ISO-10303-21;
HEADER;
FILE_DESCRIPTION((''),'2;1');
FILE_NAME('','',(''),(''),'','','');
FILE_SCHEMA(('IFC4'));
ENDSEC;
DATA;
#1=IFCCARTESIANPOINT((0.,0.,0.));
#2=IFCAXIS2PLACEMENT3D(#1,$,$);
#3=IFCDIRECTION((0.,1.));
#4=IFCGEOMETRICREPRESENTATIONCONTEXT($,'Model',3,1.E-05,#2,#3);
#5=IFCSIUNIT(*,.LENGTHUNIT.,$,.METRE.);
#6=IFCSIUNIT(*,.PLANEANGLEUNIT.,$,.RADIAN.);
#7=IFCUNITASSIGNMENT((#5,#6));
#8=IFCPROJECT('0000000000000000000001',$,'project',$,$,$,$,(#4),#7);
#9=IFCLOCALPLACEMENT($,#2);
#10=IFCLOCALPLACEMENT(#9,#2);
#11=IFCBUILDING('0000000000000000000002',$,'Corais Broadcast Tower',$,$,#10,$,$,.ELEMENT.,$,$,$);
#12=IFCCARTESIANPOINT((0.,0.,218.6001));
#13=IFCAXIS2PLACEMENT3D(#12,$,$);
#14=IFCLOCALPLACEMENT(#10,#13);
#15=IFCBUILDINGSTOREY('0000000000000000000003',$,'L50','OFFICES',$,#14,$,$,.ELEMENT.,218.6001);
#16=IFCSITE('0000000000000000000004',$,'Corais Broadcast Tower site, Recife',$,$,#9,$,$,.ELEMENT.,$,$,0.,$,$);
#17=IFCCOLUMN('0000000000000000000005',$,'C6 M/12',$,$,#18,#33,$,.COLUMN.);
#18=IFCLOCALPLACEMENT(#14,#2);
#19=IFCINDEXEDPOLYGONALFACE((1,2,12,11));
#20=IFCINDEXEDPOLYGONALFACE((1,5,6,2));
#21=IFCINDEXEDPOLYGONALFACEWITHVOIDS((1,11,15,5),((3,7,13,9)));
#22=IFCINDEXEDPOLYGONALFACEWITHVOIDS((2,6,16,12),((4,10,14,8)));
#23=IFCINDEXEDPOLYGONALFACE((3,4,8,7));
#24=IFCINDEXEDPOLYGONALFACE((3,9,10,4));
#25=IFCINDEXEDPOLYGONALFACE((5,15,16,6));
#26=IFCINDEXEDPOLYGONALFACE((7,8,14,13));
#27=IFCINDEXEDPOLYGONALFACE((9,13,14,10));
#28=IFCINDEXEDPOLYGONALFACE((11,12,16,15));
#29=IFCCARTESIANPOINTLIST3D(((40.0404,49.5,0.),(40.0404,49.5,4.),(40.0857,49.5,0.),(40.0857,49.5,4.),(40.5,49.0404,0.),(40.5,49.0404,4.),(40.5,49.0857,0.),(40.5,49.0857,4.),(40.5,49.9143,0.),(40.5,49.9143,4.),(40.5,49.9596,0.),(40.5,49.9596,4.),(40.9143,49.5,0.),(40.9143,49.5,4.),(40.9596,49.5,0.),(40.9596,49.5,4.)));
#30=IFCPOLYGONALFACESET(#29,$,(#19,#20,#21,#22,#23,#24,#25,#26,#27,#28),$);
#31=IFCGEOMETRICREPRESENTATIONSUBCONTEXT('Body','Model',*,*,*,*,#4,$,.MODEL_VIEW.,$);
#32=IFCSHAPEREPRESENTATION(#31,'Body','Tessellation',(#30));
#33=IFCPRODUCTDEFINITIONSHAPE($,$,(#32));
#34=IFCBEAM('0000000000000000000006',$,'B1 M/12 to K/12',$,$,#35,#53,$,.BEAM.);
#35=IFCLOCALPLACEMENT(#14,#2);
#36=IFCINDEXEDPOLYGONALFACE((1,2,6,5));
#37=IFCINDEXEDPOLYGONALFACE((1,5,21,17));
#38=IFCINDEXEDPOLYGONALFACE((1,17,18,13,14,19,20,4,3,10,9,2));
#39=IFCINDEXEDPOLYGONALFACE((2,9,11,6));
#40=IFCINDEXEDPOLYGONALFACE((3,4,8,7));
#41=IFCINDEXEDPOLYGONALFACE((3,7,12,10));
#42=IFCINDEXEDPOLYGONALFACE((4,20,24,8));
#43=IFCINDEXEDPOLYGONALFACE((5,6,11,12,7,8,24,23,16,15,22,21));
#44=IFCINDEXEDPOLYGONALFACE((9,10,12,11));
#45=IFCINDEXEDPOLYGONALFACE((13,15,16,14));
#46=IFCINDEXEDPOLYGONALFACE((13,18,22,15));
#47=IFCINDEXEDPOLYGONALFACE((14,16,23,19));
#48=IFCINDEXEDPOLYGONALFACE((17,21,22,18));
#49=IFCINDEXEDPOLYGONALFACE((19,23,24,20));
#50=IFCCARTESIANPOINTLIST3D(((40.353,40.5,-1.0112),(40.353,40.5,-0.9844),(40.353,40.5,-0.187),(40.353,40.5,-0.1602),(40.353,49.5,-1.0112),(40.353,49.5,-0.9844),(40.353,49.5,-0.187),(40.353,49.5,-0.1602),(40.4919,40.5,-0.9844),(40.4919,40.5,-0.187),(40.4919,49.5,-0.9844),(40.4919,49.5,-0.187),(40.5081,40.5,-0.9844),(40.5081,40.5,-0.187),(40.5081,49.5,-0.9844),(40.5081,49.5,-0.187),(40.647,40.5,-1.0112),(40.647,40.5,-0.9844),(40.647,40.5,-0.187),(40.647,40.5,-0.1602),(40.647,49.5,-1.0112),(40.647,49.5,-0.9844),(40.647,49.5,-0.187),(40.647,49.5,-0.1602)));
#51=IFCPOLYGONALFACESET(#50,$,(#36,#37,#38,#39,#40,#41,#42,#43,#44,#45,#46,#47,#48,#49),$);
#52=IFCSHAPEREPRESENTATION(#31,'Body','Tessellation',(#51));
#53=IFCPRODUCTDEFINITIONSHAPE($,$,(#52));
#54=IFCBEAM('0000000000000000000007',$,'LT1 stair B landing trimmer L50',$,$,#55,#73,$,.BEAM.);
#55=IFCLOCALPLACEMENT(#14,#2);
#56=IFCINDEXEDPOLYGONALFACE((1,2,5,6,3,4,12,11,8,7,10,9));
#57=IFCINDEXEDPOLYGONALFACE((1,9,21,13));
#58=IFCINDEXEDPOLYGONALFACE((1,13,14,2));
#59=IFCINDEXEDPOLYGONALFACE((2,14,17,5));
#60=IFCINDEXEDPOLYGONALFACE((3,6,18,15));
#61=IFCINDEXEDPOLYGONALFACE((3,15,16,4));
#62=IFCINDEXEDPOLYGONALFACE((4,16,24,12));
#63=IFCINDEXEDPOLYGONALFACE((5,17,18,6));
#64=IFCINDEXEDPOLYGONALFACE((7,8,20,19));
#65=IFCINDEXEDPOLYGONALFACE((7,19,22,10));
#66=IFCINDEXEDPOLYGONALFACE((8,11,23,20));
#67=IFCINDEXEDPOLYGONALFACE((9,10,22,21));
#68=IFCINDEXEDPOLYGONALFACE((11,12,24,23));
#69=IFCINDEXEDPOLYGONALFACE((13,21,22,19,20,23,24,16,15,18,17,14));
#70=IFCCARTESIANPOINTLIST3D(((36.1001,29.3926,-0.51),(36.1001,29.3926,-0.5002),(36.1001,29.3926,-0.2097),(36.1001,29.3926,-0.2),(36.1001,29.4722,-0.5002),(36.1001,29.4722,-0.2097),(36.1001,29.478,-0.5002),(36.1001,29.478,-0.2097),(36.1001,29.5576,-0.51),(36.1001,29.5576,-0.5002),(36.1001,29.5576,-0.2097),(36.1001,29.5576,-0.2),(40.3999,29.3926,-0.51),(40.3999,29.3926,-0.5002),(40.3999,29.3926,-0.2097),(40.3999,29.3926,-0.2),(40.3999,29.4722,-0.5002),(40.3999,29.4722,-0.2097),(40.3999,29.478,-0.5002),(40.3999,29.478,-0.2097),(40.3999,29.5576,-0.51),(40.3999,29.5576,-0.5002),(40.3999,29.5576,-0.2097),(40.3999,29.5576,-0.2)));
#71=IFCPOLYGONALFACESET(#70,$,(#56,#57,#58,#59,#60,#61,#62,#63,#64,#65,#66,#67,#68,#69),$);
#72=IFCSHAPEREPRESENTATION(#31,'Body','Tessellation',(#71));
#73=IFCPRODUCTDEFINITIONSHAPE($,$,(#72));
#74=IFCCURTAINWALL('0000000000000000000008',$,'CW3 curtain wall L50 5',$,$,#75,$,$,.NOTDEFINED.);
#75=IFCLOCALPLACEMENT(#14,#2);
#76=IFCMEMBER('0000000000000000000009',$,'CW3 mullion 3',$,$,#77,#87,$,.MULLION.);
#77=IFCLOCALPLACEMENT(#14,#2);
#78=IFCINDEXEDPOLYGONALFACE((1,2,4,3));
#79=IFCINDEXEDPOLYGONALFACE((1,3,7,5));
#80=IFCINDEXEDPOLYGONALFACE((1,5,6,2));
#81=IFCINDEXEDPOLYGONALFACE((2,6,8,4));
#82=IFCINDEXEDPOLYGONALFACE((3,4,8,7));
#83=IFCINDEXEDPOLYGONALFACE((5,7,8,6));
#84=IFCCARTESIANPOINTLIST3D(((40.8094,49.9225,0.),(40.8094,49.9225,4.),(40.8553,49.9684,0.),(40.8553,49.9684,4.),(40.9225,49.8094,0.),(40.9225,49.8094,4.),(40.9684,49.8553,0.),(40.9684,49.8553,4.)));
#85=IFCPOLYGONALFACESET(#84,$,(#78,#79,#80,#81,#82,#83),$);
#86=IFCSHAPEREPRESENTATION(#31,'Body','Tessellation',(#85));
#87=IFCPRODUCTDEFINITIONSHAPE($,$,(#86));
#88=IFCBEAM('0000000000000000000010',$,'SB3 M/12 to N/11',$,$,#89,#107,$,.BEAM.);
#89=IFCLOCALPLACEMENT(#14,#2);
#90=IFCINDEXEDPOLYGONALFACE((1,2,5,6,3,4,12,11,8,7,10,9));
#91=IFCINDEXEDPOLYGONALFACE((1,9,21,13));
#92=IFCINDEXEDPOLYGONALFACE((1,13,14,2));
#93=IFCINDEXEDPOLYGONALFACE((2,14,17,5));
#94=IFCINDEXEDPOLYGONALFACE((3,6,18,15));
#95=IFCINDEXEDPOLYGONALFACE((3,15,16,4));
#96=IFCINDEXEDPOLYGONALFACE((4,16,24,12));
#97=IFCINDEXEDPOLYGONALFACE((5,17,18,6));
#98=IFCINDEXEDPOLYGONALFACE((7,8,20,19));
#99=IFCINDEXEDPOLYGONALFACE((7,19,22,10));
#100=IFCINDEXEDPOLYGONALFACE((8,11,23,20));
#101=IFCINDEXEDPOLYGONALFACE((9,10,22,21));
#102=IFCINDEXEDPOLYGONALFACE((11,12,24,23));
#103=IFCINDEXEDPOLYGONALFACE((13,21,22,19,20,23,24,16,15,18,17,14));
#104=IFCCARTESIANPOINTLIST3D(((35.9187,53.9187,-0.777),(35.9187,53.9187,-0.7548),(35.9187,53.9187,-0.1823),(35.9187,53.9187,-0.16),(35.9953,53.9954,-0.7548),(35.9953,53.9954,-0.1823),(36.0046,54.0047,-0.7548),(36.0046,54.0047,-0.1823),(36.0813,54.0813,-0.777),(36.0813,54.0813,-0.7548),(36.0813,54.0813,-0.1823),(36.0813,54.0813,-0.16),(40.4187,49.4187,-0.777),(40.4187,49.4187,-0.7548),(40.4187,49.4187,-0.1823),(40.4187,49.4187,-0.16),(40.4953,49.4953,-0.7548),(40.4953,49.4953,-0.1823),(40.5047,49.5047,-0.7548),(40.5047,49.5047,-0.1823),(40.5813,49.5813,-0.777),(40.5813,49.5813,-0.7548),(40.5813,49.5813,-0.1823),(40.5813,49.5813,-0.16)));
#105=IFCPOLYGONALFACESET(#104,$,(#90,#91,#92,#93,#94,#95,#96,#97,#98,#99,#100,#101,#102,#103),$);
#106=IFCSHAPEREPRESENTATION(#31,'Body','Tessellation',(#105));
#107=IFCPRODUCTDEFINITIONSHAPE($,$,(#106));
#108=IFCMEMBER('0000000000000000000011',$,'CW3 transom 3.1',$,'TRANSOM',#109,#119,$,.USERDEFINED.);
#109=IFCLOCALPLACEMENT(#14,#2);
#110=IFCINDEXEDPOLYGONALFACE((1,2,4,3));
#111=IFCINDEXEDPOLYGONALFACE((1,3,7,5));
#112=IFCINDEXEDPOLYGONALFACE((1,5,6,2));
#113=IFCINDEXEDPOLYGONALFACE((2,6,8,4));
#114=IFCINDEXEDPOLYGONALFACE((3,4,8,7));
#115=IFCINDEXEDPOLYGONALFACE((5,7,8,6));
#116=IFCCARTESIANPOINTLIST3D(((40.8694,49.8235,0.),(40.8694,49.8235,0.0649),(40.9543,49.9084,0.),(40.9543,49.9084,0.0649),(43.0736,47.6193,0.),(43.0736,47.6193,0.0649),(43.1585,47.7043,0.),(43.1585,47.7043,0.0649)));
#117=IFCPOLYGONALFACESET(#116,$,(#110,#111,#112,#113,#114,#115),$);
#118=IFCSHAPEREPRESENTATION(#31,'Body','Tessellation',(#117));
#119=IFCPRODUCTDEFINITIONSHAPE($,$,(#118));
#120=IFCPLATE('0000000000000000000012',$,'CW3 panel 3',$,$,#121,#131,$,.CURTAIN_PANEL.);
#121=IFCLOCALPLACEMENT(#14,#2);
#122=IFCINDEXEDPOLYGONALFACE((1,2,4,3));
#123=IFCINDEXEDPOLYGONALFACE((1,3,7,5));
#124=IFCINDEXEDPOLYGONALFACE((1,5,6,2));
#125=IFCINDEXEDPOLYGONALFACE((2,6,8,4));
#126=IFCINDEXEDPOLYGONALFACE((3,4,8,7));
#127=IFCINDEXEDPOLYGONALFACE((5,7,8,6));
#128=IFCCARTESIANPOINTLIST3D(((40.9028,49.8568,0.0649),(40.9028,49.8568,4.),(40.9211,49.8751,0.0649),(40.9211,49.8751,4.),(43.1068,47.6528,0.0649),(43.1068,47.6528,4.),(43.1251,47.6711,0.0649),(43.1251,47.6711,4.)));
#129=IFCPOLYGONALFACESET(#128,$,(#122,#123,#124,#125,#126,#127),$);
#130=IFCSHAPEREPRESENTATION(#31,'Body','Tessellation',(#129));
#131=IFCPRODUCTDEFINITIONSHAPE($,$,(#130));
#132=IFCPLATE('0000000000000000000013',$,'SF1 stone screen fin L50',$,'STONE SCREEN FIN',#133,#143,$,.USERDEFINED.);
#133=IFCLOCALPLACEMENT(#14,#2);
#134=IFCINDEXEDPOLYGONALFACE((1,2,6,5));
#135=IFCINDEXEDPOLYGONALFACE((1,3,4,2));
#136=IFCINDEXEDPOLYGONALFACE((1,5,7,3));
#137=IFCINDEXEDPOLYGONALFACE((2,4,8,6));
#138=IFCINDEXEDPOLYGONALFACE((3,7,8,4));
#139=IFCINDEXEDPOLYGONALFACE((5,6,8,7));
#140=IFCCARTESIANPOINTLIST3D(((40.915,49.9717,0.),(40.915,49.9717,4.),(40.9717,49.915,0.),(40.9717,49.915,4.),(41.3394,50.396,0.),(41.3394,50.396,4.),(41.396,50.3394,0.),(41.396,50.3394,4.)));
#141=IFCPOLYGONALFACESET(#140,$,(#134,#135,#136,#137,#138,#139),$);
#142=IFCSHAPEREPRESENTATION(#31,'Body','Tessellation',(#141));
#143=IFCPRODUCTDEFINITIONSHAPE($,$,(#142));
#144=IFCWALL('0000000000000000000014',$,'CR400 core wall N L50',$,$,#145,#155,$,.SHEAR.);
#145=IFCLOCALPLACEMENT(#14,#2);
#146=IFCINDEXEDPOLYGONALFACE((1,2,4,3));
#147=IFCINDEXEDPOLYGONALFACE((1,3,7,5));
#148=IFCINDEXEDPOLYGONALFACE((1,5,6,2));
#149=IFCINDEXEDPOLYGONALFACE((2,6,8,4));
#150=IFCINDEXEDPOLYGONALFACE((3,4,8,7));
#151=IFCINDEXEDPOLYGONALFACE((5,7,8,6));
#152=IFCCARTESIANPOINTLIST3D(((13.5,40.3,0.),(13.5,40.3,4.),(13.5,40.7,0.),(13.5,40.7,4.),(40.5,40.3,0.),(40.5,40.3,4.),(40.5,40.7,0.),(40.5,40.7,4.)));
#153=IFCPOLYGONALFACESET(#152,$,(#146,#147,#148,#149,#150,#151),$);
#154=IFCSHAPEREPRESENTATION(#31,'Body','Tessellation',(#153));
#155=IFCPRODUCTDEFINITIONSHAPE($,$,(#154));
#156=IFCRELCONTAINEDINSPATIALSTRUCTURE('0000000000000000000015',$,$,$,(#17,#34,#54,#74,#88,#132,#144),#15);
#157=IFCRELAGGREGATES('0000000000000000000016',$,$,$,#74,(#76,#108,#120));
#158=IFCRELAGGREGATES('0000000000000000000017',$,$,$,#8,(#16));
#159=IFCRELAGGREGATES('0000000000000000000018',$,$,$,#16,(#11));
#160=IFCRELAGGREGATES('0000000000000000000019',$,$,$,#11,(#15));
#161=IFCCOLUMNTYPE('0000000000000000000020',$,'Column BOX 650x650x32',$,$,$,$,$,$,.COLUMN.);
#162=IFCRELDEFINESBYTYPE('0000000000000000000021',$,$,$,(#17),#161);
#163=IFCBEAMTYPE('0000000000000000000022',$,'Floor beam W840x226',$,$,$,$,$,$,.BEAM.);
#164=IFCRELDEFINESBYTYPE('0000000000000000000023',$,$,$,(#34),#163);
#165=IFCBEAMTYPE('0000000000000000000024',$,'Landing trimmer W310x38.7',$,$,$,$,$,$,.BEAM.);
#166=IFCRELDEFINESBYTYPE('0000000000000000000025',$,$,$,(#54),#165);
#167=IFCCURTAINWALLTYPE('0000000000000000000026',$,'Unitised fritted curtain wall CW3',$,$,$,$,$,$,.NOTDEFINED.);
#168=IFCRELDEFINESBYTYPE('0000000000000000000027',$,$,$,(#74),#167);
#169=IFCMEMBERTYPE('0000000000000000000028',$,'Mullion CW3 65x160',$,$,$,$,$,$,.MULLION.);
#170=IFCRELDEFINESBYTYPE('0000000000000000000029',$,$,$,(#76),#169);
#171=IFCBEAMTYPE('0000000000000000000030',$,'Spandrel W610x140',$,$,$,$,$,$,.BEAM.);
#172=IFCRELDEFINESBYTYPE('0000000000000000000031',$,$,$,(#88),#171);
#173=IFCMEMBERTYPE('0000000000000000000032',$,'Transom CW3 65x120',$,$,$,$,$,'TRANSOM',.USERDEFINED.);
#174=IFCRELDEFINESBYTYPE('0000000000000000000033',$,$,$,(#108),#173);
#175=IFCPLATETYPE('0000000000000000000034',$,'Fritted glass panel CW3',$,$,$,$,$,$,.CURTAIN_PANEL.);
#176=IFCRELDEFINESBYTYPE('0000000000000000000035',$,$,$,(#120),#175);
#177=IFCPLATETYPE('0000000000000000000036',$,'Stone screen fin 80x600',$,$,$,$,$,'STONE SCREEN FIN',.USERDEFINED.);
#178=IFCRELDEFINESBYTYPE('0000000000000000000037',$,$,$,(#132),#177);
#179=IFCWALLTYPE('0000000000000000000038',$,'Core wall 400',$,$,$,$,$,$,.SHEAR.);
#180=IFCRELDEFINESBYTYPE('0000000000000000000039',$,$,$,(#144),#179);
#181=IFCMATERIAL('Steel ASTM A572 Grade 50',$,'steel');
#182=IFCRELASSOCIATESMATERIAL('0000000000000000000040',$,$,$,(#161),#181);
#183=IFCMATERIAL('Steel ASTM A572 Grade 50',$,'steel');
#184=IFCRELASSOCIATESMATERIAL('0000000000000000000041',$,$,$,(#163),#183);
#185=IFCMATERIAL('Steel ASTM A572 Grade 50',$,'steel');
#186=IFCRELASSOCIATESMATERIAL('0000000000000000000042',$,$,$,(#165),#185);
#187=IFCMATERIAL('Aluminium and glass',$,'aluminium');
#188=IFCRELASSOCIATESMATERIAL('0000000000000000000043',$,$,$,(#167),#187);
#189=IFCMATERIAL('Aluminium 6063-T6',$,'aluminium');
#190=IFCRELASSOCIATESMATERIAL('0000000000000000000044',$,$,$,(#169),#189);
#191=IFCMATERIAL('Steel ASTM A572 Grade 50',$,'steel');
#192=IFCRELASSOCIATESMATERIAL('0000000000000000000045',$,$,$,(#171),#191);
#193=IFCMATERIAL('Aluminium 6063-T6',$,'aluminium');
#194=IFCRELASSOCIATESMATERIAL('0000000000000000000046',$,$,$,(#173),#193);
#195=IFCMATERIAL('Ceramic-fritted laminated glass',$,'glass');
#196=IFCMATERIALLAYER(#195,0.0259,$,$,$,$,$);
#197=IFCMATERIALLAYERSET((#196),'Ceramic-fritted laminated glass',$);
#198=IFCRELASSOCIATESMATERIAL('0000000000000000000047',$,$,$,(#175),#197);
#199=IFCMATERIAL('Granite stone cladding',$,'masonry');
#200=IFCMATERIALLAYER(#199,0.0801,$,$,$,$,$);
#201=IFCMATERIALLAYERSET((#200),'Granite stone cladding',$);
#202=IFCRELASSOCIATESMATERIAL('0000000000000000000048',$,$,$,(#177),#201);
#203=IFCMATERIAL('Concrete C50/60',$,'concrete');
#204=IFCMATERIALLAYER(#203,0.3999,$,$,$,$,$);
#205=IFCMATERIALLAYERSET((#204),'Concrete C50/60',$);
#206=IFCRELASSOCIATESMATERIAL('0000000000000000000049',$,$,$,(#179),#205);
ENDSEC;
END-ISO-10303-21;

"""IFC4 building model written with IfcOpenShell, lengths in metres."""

from ifc_helpers import new_model, si_unit, direction, frame, frame_2d, origin, origin_2d, place, context, subcontext, project, spatial, rectangle, hollow_rectangle, i_section, extrude, material, layer, layer_set, material_profile, profile_set, type_object, element, aggregate, save


model = new_model("IFC4")

# Units and contexts
model_context = context("Model", 3, precision=1e-05, world=origin(), true_north=direction((0.0, 1.0)))
body_context = subcontext(model_context, "Body", "Model", "MODEL_VIEW")
ifc_project = project(units=[si_unit("LENGTHUNIT", "METRE"), si_unit("PLANEANGLEUNIT", "RADIAN")], contexts=[model_context])

# Site, building, storey
site_placement = place(None, origin())
site = spatial("IfcSite", under=ifc_project, at=site_placement, Name="Corais Broadcast Tower site, Recife", CompositionType="ELEMENT", RefElevation=0.0)
building_placement = place(site_placement, origin())
building = spatial("IfcBuilding", under=site, at=building_placement, Name="Corais Broadcast Tower", CompositionType="ELEMENT")
storey_placement = place(building_placement, frame((0.0, 0.0, 218.6001)))
storey = spatial("IfcBuildingStorey", under=building, at=storey_placement, Name="L50", Description="OFFICES", CompositionType="ELEMENT", Elevation=218.6001)

# Column
ifc_material_1 = material(Name="Steel ASTM A572 Grade 50", Category="steel")
ifc_material_profile_1 = material_profile(ifc_material_1, hollow_rectangle(XDim=0.6499, YDim=0.6499, WallThickness=0.032, at=origin_2d()), Name="BOX 650x650x32")
ifc_profile_set_1 = profile_set([ifc_material_profile_1], Name="Steel ASTM A572 Grade 50")
column_type = type_object("IfcColumnType", Name="Column BOX 650x650x32", PredefinedType="COLUMN", material=ifc_profile_set_1)
column_placement = place(storey_placement, frame((40.5, 49.5, 0.0), z_axis=(0.0, 0.0, 1.0), x_axis=(0.707107, 0.707107, 0.0)))
element("IfcColumn", 1, at=column_placement, inside=storey, type_object=column_type, Name="C6 M/12", PredefinedType="COLUMN", context=body_context, shape_type="SweptSolid", body=[
    extrude(hollow_rectangle(XDim=0.6499, YDim=0.6499, WallThickness=0.032, at=origin_2d()), origin(), (0.0, 0.0, 1.0), 4.0),
])

# Beams
ifc_material_2 = material(Name="Steel ASTM A572 Grade 50", Category="steel")
ifc_material_profile_2 = material_profile(ifc_material_2, i_section(OverallWidth=0.2939, OverallDepth=0.8511, WebThickness=0.0161, FlangeThickness=0.0269, at=origin_2d()), Name="W840x226")
ifc_profile_set_2 = profile_set([ifc_material_profile_2], Name="Steel ASTM A572 Grade 50")
beam_type_1 = type_object("IfcBeamType", Name="Floor beam W840x226", PredefinedType="BEAM", material=ifc_profile_set_2)
beam_1_placement = place(storey_placement, frame((40.5, 49.5, -0.5857), z_axis=(0.0, -1.0, 0.0), x_axis=(1.0, 0.0, 0.0)))
element("IfcBeam", 2, at=beam_1_placement, inside=storey, type_object=beam_type_1, Name="B1 M/12 to K/12", PredefinedType="BEAM", context=body_context, shape_type="SweptSolid", body=[
    extrude(i_section(OverallWidth=0.2939, OverallDepth=0.8511, WebThickness=0.0161, FlangeThickness=0.0269, at=origin_2d()), origin(), (0.0, 0.0, 1.0), 9.0),
])
ifc_material_3 = material(Name="Steel ASTM A572 Grade 50", Category="steel")
ifc_material_profile_3 = material_profile(ifc_material_3, i_section(OverallWidth=0.165, OverallDepth=0.3101, WebThickness=0.0059, FlangeThickness=0.0098, at=origin_2d()), Name="W310x38.7")
ifc_profile_set_3 = profile_set([ifc_material_profile_3], Name="Steel ASTM A572 Grade 50")
beam_type_2 = type_object("IfcBeamType", Name="Landing trimmer W310x38.7", PredefinedType="BEAM", material=ifc_profile_set_3)
beam_2_placement = place(storey_placement, frame((36.1001, 29.4751, -0.355), z_axis=(1.0, 0.0, 0.0), x_axis=(0.0, 1.0, 0.0)))
element("IfcBeam", 3, at=beam_2_placement, inside=storey, type_object=beam_type_2, Name="LT1 stair B landing trimmer L50", PredefinedType="BEAM", context=body_context, shape_type="SweptSolid", body=[
    extrude(i_section(OverallWidth=0.165, OverallDepth=0.3101, WebThickness=0.0059, FlangeThickness=0.0098, at=origin_2d()), origin(), (0.0, 0.0, 1.0), 4.2998),
])

# Curtain wall, member
ifc_material_4 = material(Name="Aluminium and glass", Category="aluminium")
curtain_wall_type = type_object("IfcCurtainWallType", Name="Unitised fritted curtain wall CW3", PredefinedType="NOTDEFINED", material=ifc_material_4)
curtain_wall_placement = place(storey_placement, origin())
curtain_wall = element("IfcCurtainWall", 4, at=curtain_wall_placement, inside=storey, type_object=curtain_wall_type, Name="CW3 curtain wall L50 5", PredefinedType="NOTDEFINED")
ifc_material_5 = material(Name="Aluminium 6063-T6", Category="aluminium")
ifc_material_profile_4 = material_profile(ifc_material_5, rectangle(XDim=0.0649, YDim=0.1599, at=origin_2d()), Name="Mullion CW3 65x160")
ifc_profile_set_4 = profile_set([ifc_material_profile_4], Name="Aluminium 6063-T6")
member_type_1 = type_object("IfcMemberType", Name="Mullion CW3 65x160", PredefinedType="MULLION", material=ifc_profile_set_4)
member_1_placement = place(storey_placement, frame((40.8889, 49.8889, 0.0), z_axis=(0.0, 0.0, 1.0), x_axis=(0.707107, 0.707107, 0.0)))
member_1 = element("IfcMember", 5, at=member_1_placement, type_object=member_type_1, Name="CW3 mullion 3", PredefinedType="MULLION", context=body_context, shape_type="SweptSolid", body=[
    extrude(rectangle(XDim=0.0649, YDim=0.1599, at=origin_2d()), origin(), (0.0, 0.0, 1.0), 4.0),
])

# Beam
ifc_material_6 = material(Name="Steel ASTM A572 Grade 50", Category="steel")
ifc_material_profile_5 = material_profile(ifc_material_6, i_section(OverallWidth=0.23, OverallDepth=0.6169, WebThickness=0.0132, FlangeThickness=0.0222, at=origin_2d()), Name="W610x140")
ifc_profile_set_5 = profile_set([ifc_material_profile_5], Name="Steel ASTM A572 Grade 50")
beam_type_3 = type_object("IfcBeamType", Name="Spandrel W610x140", PredefinedType="BEAM", material=ifc_profile_set_5)
beam_3_placement = place(storey_placement, frame((40.5, 49.5, -0.4685), z_axis=(-0.707107, 0.707107, 0.0), x_axis=(-0.707107, -0.707107, 0.0)))
element("IfcBeam", 6, at=beam_3_placement, inside=storey, type_object=beam_type_3, Name="SB3 M/12 to N/11", PredefinedType="BEAM", context=body_context, shape_type="SweptSolid", body=[
    extrude(i_section(OverallWidth=0.23, OverallDepth=0.6169, WebThickness=0.0132, FlangeThickness=0.0222, at=origin_2d()), origin(), (0.0, 0.0, 1.0), 6.364),
])

# Member
ifc_material_7 = material(Name="Aluminium 6063-T6", Category="aluminium")
ifc_material_profile_6 = material_profile(ifc_material_7, rectangle(XDim=0.1201, YDim=0.0649, at=origin_2d()), Name="Transom CW3 65x120")
ifc_profile_set_6 = profile_set([ifc_material_profile_6], Name="Aluminium 6063-T6")
member_type_2 = type_object("IfcMemberType", Name="Transom CW3 65x120", ElementType="TRANSOM", PredefinedType="USERDEFINED", material=ifc_profile_set_6)
member_2_placement = place(storey_placement, frame((40.9119, 49.866, 0.0325), z_axis=(0.707107, -0.707107, 0.0), x_axis=(0.707107, 0.707107, 0.0)))
member_2 = element("IfcMember", 7, at=member_2_placement, type_object=member_type_2, Name="CW3 transom 3.1", ObjectType="TRANSOM", PredefinedType="USERDEFINED", context=body_context, shape_type="SweptSolid", body=[
    extrude(rectangle(XDim=0.1201, YDim=0.0649, at=origin_2d()), origin(), (0.0, 0.0, 1.0), 3.1172),
])

# Plates
ifc_material_8 = material(Name="Ceramic-fritted laminated glass", Category="glass")
ifc_layer_1 = layer(ifc_material_8, 0.0259)
ifc_layer_set_1 = layer_set([ifc_layer_1], Name="Ceramic-fritted laminated glass")
plate_type_1 = type_object("IfcPlateType", Name="Fritted glass panel CW3", PredefinedType="CURTAIN_PANEL", material=ifc_layer_set_1)
plate_1_placement = place(storey_placement, frame((42.0139, 48.7639, 0.0649), z_axis=(0.0, 0.0, 1.0), x_axis=(0.707107, -0.707107, 0.0)))
plate_1 = element("IfcPlate", 8, at=plate_1_placement, type_object=plate_type_1, Name="CW3 panel 3", PredefinedType="CURTAIN_PANEL", context=body_context, shape_type="SweptSolid", body=[
    extrude(rectangle(XDim=3.1169, YDim=0.0259, at=origin_2d()), origin(), (0.0, 0.0, 1.0), 3.9351),
])
aggregate(curtain_wall, [member_1, member_2, plate_1])
ifc_material_9 = material(Name="Granite stone cladding", Category="masonry")
ifc_layer_2 = layer(ifc_material_9, 0.0801)
ifc_layer_set_2 = layer_set([ifc_layer_2], Name="Granite stone cladding")
plate_type_2 = type_object("IfcPlateType", Name="Stone screen fin 80x600", ElementType="STONE SCREEN FIN", PredefinedType="USERDEFINED", material=ifc_layer_set_2)
plate_2_placement = place(storey_placement, frame((41.1555, 50.1555, 0.0), z_axis=(0.0, 0.0, 1.0), x_axis=(0.707107, -0.707107, 0.0)))
element("IfcPlate", 9, at=plate_2_placement, inside=storey, type_object=plate_type_2, Name="SF1 stone screen fin L50", ObjectType="STONE SCREEN FIN", PredefinedType="USERDEFINED", context=body_context, shape_type="SweptSolid", body=[
    extrude(rectangle(XDim=0.0801, YDim=0.6001, at=origin_2d()), origin(), (0.0, 0.0, 1.0), 4.0),
])

# Wall
ifc_material_10 = material(Name="Concrete C50/60", Category="concrete")
ifc_layer_3 = layer(ifc_material_10, 0.3999)
ifc_layer_set_3 = layer_set([ifc_layer_3], Name="Concrete C50/60")
wall_type_1 = type_object("IfcWallType", Name="Core wall 400", PredefinedType="SHEAR", material=ifc_layer_set_3)
wall_1_placement = place(storey_placement, frame((40.5, 40.5, 0.0), z_axis=(0.0, 0.0, 1.0), x_axis=(-1.0, 0.0, 0.0)))
element("IfcWall", 10, at=wall_1_placement, inside=storey, type_object=wall_type_1, Name="CR400 core wall N L50", PredefinedType="SHEAR", context=body_context, shape_type="SweptSolid", body=[
    extrude(rectangle(XDim=27.0, YDim=0.3999, at=frame_2d((13.5, 0.0))), origin(), (0.0, 0.0, 1.0), 4.0),
])

save(model, "model.ifc")
